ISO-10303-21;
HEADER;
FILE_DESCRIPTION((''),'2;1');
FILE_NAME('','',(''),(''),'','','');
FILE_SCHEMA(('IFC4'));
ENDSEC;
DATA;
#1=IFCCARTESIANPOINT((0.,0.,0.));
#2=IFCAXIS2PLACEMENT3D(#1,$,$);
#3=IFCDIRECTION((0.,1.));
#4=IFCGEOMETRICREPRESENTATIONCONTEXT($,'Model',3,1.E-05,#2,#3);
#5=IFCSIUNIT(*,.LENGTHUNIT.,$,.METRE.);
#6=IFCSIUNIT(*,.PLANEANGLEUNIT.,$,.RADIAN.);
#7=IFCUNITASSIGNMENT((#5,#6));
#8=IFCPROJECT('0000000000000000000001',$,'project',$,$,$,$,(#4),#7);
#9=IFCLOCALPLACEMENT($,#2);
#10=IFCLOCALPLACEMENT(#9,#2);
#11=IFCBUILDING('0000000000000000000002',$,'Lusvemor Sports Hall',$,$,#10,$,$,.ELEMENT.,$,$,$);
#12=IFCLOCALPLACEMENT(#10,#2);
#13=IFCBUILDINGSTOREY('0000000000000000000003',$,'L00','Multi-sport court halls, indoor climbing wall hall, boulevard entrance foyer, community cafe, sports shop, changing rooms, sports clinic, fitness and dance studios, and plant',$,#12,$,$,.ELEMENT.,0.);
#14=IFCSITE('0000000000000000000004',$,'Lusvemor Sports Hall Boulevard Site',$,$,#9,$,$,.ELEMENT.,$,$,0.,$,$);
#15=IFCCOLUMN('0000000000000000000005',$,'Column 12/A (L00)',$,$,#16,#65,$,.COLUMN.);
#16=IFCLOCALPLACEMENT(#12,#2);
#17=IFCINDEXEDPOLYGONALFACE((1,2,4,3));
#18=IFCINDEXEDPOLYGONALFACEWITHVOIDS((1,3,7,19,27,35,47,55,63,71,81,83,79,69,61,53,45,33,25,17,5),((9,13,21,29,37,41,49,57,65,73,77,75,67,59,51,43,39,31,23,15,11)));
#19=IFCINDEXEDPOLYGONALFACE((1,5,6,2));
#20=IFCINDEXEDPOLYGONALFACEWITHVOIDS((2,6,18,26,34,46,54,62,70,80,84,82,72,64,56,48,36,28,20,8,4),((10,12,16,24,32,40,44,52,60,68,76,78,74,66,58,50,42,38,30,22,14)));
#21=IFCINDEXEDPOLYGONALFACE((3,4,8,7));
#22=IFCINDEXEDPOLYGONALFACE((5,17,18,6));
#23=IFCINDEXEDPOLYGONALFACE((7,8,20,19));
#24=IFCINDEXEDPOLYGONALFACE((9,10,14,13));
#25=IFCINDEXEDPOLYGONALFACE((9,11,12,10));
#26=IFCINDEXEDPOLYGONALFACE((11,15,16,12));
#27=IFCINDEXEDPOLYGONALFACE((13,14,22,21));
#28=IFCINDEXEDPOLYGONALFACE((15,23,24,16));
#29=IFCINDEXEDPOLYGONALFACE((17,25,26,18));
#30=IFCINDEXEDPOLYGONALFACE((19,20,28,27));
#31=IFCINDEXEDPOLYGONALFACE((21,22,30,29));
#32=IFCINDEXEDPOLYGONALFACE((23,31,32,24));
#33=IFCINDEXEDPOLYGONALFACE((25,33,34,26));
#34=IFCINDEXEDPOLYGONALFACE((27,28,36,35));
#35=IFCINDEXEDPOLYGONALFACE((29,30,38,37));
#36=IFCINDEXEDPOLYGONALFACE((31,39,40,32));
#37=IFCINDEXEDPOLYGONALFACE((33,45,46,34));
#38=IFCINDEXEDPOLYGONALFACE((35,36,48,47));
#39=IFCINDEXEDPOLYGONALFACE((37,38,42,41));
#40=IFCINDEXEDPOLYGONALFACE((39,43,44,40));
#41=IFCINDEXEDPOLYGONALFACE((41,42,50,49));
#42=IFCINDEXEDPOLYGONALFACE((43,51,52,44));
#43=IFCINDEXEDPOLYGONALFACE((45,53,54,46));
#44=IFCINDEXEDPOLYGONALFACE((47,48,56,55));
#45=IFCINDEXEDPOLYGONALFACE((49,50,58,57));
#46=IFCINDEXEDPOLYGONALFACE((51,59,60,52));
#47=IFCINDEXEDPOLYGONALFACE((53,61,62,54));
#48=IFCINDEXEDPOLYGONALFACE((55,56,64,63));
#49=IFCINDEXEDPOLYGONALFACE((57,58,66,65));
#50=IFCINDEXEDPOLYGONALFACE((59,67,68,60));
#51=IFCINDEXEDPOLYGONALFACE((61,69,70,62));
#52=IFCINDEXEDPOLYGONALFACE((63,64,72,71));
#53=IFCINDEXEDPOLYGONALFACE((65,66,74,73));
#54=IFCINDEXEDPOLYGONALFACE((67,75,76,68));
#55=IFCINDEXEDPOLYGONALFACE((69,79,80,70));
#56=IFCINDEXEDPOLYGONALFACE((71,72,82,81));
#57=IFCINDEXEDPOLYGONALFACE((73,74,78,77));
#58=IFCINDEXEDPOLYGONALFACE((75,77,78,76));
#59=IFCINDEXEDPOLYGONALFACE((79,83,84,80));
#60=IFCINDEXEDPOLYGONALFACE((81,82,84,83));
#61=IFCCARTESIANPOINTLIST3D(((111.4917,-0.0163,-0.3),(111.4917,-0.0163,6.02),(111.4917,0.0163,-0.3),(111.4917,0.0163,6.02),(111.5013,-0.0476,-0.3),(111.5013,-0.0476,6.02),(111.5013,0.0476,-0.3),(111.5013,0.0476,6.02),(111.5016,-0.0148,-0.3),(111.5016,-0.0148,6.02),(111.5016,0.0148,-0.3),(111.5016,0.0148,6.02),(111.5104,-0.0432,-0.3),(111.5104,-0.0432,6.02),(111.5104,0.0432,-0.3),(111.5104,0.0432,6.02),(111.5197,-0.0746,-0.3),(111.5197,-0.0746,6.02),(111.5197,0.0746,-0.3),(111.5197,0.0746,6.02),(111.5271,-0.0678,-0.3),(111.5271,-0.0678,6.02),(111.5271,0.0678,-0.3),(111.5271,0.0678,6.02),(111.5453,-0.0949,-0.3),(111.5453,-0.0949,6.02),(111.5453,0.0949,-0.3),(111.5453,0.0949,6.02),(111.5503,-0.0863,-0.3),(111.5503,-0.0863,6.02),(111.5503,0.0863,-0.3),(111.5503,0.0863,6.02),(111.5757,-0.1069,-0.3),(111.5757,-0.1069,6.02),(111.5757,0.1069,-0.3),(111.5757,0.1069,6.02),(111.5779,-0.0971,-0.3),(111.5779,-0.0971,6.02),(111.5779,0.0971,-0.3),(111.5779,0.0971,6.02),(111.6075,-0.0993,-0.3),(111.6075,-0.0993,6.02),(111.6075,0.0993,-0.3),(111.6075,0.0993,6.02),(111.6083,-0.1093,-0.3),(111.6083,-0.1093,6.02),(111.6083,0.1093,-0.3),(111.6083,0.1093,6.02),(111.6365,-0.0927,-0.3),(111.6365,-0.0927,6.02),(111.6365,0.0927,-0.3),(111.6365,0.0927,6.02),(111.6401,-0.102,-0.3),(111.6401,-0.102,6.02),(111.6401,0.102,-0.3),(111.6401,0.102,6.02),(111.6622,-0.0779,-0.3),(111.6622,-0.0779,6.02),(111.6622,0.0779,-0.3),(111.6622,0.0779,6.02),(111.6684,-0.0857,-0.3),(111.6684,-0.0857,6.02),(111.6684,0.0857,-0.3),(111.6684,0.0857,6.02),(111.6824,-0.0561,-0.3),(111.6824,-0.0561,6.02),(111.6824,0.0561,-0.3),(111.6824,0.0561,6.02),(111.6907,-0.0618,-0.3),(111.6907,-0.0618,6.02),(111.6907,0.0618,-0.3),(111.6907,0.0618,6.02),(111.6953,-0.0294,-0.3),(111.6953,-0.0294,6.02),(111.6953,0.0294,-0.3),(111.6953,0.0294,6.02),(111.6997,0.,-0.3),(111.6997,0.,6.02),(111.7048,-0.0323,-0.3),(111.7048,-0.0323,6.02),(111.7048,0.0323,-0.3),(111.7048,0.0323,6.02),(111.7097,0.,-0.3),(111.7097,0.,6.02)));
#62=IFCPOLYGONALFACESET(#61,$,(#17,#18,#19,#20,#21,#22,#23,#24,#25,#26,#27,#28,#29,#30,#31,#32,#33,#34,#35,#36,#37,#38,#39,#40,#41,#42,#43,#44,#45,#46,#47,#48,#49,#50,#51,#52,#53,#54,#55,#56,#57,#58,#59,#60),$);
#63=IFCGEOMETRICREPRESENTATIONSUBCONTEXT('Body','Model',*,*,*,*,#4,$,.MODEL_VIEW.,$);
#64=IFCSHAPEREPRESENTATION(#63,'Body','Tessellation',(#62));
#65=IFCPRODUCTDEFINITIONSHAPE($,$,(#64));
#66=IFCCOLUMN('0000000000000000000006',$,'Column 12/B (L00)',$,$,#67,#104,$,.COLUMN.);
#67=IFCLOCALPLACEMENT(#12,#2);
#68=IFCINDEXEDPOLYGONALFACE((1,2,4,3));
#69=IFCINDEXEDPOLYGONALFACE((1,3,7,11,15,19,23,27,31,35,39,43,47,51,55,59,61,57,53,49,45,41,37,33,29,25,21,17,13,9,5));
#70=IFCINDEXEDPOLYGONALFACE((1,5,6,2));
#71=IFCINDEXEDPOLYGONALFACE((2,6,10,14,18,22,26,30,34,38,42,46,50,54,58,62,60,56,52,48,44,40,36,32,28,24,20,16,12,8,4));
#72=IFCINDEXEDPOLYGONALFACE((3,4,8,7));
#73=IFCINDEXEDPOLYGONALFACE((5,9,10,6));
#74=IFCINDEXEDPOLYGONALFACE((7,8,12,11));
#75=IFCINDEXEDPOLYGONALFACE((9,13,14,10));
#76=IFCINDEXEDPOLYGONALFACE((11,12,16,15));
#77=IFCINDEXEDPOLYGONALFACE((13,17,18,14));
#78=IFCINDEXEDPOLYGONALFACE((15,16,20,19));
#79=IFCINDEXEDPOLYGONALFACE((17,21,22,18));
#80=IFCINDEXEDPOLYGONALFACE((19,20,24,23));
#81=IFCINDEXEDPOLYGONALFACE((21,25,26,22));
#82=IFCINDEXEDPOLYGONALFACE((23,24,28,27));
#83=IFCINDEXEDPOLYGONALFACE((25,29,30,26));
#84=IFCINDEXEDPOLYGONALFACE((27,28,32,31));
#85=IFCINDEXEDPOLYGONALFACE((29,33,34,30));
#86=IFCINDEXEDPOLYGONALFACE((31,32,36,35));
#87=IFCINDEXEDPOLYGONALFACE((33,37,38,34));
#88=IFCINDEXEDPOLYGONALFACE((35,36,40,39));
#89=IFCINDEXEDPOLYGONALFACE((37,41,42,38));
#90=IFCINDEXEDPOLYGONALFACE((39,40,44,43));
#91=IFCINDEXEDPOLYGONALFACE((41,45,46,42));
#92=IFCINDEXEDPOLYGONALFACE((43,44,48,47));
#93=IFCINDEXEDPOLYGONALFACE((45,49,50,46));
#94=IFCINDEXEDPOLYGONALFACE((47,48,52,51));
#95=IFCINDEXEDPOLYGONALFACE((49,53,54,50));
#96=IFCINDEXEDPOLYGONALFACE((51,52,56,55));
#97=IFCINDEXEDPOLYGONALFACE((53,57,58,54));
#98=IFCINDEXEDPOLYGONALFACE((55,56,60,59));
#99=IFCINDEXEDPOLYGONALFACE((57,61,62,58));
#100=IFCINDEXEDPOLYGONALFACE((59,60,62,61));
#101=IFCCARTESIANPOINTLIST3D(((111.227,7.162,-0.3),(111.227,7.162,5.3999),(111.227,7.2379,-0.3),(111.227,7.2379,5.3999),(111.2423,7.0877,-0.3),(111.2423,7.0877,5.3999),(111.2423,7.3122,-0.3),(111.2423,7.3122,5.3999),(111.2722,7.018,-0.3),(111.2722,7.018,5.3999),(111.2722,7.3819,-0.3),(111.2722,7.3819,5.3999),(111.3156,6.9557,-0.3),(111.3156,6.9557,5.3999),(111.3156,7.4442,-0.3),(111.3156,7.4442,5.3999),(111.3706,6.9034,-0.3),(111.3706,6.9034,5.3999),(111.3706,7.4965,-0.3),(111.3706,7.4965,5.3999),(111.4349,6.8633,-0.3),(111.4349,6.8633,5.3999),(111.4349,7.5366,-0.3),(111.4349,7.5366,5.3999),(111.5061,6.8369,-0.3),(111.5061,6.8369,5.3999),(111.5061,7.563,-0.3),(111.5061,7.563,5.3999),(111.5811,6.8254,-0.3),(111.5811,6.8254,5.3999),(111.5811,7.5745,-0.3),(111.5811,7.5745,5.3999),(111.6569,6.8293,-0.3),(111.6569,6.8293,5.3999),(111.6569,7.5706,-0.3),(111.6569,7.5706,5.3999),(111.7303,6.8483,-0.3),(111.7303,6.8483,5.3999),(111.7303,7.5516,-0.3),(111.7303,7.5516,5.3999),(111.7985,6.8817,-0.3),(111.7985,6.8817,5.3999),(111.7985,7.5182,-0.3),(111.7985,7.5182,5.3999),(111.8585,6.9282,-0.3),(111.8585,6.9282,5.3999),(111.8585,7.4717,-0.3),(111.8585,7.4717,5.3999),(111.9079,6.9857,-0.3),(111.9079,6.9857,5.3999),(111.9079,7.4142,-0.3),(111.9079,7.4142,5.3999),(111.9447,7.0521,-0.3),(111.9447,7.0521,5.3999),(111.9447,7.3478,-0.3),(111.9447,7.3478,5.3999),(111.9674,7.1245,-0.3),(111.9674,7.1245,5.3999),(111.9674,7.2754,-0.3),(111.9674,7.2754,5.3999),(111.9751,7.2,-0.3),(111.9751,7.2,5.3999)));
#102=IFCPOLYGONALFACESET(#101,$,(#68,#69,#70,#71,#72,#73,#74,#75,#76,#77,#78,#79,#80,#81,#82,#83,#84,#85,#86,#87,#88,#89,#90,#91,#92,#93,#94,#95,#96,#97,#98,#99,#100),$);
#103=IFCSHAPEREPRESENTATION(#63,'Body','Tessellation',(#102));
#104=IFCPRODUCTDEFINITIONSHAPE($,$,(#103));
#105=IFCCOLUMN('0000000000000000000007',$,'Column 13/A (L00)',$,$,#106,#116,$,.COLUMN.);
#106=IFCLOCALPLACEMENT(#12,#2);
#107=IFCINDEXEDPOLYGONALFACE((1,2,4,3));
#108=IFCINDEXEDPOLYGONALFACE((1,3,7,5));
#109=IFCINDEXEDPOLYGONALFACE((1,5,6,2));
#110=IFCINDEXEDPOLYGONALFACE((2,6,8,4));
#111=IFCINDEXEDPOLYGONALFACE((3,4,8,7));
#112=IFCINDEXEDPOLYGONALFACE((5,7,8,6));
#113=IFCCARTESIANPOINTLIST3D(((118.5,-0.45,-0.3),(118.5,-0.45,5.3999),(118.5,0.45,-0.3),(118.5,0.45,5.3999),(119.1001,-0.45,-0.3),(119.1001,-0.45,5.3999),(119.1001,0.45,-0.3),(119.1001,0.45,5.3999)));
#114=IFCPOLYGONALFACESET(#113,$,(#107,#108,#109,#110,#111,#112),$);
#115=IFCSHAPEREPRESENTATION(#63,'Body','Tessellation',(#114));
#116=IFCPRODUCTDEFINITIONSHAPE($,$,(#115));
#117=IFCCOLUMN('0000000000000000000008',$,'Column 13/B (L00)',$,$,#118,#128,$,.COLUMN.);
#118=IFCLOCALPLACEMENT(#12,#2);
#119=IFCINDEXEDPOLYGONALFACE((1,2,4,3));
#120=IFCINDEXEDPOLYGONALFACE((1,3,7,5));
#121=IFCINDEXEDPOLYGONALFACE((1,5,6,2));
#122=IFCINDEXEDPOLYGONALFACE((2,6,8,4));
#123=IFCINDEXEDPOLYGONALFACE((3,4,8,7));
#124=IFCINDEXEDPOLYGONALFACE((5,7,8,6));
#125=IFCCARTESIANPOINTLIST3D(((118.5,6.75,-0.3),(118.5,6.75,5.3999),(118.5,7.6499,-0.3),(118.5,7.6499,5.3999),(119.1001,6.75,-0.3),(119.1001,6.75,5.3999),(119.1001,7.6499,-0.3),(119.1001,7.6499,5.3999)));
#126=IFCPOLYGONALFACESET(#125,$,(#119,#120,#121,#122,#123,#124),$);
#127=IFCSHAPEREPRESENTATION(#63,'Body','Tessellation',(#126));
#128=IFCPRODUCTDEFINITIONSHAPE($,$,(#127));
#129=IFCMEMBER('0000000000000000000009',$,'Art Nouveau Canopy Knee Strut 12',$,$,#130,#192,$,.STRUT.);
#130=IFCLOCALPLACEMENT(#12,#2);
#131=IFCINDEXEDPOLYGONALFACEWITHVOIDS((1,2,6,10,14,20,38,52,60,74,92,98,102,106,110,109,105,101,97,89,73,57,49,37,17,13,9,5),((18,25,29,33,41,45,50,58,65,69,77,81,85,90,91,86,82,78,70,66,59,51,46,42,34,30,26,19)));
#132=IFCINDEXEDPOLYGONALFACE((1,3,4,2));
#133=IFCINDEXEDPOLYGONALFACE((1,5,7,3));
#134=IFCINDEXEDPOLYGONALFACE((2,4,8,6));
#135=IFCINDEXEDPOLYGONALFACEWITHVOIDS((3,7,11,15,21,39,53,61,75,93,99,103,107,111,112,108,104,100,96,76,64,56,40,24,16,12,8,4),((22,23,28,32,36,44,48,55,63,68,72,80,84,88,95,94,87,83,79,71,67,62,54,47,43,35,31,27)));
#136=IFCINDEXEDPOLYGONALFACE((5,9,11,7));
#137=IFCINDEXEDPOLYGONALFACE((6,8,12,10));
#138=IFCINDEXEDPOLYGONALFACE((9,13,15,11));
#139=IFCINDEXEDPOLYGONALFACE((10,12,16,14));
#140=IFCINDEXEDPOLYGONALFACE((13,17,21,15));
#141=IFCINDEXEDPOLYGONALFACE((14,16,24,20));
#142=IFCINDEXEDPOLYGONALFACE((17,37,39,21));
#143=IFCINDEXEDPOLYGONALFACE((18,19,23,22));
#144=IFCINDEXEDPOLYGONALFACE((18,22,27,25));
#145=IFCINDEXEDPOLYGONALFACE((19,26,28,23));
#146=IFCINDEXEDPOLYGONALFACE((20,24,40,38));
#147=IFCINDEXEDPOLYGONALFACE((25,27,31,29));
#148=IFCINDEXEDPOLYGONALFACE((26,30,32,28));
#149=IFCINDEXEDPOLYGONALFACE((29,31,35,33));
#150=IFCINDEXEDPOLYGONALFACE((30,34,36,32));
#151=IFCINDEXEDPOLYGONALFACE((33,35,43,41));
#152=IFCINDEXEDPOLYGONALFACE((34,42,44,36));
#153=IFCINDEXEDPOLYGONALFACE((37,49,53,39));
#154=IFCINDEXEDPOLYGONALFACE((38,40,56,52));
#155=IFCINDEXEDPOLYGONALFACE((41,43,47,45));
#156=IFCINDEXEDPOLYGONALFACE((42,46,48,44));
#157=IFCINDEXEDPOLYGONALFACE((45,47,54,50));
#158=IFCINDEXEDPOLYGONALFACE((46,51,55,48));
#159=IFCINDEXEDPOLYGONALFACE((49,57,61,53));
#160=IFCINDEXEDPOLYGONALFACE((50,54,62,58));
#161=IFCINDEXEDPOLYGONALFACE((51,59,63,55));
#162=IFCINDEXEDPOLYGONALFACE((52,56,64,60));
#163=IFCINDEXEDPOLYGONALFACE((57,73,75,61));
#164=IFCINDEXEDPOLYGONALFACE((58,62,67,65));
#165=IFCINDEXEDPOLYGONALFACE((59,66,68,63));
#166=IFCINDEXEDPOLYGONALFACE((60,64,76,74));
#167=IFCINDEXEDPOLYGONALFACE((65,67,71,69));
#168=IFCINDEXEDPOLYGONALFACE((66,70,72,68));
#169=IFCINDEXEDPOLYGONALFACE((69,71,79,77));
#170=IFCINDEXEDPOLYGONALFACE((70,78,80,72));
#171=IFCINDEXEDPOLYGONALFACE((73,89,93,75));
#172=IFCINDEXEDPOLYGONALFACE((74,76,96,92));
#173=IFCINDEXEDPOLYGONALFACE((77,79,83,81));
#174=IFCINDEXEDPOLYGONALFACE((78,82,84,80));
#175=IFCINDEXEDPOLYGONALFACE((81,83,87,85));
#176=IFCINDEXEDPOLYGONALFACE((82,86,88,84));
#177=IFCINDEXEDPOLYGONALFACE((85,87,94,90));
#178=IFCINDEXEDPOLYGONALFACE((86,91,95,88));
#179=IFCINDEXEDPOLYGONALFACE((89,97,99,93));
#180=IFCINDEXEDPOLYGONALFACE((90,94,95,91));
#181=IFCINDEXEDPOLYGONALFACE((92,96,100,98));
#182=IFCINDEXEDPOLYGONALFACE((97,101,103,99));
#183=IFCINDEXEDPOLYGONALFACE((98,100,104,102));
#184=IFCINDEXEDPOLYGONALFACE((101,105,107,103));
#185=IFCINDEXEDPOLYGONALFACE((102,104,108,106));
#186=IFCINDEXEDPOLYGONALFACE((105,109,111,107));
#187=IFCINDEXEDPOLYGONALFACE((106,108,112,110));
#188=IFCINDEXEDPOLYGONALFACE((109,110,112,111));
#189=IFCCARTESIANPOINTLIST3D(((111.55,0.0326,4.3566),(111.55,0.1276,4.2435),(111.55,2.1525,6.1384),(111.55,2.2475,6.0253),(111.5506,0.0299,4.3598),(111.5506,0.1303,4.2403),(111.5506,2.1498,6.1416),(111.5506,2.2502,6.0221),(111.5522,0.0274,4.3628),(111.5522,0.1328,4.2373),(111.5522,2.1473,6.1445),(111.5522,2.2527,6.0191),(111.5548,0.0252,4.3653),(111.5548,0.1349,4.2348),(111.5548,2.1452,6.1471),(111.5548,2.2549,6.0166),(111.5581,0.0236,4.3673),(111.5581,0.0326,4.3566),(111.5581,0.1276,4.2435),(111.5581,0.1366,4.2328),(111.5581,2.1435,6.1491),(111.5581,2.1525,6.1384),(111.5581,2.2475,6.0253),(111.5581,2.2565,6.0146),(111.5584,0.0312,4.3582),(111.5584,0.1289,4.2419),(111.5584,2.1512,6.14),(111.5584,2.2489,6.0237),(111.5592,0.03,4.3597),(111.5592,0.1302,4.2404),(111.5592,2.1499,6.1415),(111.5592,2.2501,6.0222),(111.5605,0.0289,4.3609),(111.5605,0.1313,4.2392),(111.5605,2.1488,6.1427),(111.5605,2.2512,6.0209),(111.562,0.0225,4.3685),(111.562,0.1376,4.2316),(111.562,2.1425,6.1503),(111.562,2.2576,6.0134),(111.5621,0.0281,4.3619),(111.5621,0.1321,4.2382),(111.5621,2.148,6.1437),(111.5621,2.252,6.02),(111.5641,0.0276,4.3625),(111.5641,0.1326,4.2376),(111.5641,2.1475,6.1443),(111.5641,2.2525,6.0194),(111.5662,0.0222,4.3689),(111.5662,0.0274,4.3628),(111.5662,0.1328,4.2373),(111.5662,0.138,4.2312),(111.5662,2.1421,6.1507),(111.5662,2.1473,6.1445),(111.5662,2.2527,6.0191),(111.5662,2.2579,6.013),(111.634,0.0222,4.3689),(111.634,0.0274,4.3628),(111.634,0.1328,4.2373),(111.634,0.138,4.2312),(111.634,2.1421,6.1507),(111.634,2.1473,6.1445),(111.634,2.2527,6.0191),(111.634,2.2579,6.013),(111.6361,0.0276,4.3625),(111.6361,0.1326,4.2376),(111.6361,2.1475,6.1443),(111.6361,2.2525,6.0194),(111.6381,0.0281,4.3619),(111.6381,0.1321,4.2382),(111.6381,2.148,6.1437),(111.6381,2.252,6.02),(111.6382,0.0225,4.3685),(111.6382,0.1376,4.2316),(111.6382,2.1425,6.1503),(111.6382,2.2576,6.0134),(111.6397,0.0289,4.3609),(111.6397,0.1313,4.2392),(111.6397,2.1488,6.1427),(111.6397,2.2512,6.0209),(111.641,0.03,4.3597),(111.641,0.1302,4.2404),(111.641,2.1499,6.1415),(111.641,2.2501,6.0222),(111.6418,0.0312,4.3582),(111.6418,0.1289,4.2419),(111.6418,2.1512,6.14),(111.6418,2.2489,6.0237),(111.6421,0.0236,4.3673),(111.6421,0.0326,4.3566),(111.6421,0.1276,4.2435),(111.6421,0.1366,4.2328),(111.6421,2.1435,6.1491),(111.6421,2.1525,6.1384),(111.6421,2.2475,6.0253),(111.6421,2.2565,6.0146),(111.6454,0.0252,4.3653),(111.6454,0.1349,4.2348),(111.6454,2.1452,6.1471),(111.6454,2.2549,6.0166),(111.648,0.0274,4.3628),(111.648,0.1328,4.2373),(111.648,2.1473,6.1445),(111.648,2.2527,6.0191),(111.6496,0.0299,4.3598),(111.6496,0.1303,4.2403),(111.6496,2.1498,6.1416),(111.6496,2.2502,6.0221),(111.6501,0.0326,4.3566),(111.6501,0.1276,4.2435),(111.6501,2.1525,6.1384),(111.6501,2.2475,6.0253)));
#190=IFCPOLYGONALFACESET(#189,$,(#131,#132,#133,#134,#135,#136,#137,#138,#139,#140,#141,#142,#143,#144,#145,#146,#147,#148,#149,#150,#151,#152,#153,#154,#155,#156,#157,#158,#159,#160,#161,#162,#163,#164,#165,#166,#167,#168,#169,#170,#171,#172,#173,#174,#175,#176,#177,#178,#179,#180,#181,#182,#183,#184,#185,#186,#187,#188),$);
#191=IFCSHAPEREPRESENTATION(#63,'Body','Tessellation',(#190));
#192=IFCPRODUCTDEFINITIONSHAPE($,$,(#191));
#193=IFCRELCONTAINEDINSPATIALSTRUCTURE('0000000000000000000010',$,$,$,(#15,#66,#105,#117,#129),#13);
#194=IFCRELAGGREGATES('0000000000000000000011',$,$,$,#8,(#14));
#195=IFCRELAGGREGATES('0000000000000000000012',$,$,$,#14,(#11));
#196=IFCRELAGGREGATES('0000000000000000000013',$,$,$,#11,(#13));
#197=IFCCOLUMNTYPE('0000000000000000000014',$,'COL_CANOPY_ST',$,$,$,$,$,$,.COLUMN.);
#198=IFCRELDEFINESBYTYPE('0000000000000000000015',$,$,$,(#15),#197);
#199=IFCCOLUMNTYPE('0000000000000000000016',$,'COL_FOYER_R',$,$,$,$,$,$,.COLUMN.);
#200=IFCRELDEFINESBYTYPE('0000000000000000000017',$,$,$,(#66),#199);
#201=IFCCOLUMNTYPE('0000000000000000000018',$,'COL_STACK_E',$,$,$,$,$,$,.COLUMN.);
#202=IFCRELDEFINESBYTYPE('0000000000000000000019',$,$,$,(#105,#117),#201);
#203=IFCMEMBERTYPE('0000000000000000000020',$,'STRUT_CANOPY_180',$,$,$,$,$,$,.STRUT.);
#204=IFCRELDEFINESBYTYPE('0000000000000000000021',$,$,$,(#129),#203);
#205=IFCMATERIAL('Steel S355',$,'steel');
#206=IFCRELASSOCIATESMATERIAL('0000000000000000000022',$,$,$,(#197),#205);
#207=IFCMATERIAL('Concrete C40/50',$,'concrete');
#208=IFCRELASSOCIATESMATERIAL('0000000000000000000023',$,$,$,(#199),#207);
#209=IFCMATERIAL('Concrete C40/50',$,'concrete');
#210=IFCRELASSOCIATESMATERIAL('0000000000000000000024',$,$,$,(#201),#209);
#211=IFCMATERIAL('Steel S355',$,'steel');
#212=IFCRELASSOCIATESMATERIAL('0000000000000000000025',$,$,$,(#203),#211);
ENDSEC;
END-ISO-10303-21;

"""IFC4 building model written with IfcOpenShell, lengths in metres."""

from ifc_helpers import new_model, si_unit, direction, frame, origin, origin_2d, place, context, subcontext, project, spatial, rectangle, hollow_rectangle, circle, hollow_circle, extrude, material, material_profile, profile_set, type_object, element, save


model = new_model("IFC4")

# Units and contexts
model_context = context("Model", 3, precision=1e-05, world=origin(), true_north=direction((0.0, 1.0)))
body_context = subcontext(model_context, "Body", "Model", "MODEL_VIEW")
ifc_project = project(units=[si_unit("LENGTHUNIT", "METRE"), si_unit("PLANEANGLEUNIT", "RADIAN")], contexts=[model_context])

# Site, building, storey
site_placement = place(None, origin())
site = spatial("IfcSite", under=ifc_project, at=site_placement, Name="Lusvemor Sports Hall Boulevard Site", CompositionType="ELEMENT", RefElevation=0.0)
building_placement = place(site_placement, origin())
building = spatial("IfcBuilding", under=site, at=building_placement, Name="Lusvemor Sports Hall", CompositionType="ELEMENT")
storey_placement = place(building_placement, origin())
storey = spatial("IfcBuildingStorey", under=building, at=storey_placement, Name="L00", Description="Multi-sport court halls, indoor climbing wall hall, boulevard entrance foyer, community cafe, sports shop, changing rooms, sports clinic, fitness and dance studios, and plant", CompositionType="ELEMENT", Elevation=0.0)

# Columns
ifc_material_1 = material(Name="Steel S355", Category="steel")
ifc_material_profile_1 = material_profile(ifc_material_1, hollow_circle(Radius=0.1096, WallThickness=0.01, at=origin_2d()), Name="CHS219.1x10.0")
ifc_profile_set_1 = profile_set([ifc_material_profile_1], Name="Steel S355")
column_type_1 = type_object("IfcColumnType", Name="COL_CANOPY_ST", PredefinedType="COLUMN", material=ifc_profile_set_1)
column_1_placement = place(storey_placement, frame((111.6001, 0.0, -0.3), z_axis=(0.0, 0.0, 1.0), x_axis=(1.0, 0.0, 0.0)))
element("IfcColumn", 1, at=column_1_placement, inside=storey, type_object=column_type_1, Name="Column 12/A (L00)", PredefinedType="COLUMN", context=body_context, shape_type="SweptSolid", body=[
    extrude(hollow_circle(Radius=0.1096, WallThickness=0.01, at=origin_2d()), origin(), (0.0, 0.0, 1.0), 6.3201),
])
ifc_material_2 = material(Name="Concrete C40/50", Category="concrete")
ifc_material_profile_2 = material_profile(ifc_material_2, circle(Radius=0.375, at=origin_2d()), Name="RCCIRC750")
ifc_profile_set_2 = profile_set([ifc_material_profile_2], Name="Concrete C40/50")
column_type_2 = type_object("IfcColumnType", Name="COL_FOYER_R", PredefinedType="COLUMN", material=ifc_profile_set_2)
column_2_placement = place(storey_placement, frame((111.6001, 7.2, -0.3), z_axis=(0.0, 0.0, 1.0), x_axis=(1.0, 0.0, 0.0)))
element("IfcColumn", 2, at=column_2_placement, inside=storey, type_object=column_type_2, Name="Column 12/B (L00)", PredefinedType="COLUMN", context=body_context, shape_type="SweptSolid", body=[
    extrude(circle(Radius=0.375, at=origin_2d()), origin(), (0.0, 0.0, 1.0), 5.7),
])
ifc_material_3 = material(Name="Concrete C40/50", Category="concrete")
ifc_material_profile_3 = material_profile(ifc_material_3, rectangle(XDim=0.6001, YDim=0.8999, at=origin_2d()), Name="RC600x900")
ifc_profile_set_3 = profile_set([ifc_material_profile_3], Name="Concrete C40/50")
column_type_3 = type_object("IfcColumnType", Name="COL_STACK_E", PredefinedType="COLUMN", material=ifc_profile_set_3)
for number, where, z_axis, x_axis, name in (
    (3, (118.8, 0.0, -0.3), (0.0, 0.0, 1.0), (1.0, 0.0, 0.0), "Column 13/A (L00)"),
    (4, (118.8, 7.2, -0.3), (0.0, 0.0, 1.0), (1.0, 0.0, 0.0), "Column 13/B (L00)"),
):
    element("IfcColumn", number, at=place(storey_placement, frame(where, z_axis=z_axis, x_axis=x_axis)), inside=storey, type_object=column_type_3, Name=name, PredefinedType="COLUMN", context=body_context, shape_type="SweptSolid", body=[
        extrude(rectangle(XDim=0.6001, YDim=0.8999, at=origin_2d()), origin(), (0.0, 0.0, 1.0), 5.7),
    ])

# Member
ifc_material_4 = material(Name="Steel S355", Category="steel")
ifc_material_profile_4 = material_profile(ifc_material_4, hollow_rectangle(XDim=0.1001, YDim=0.1799, WallThickness=0.0081, InnerFilletRadius=0.0081, OuterFilletRadius=0.0161, at=origin_2d()), Name="RHS180x100x8")
ifc_profile_set_4 = profile_set([ifc_material_profile_4], Name="Steel S355")
member_type = type_object("IfcMemberType", Name="STRUT_CANOPY_180", PredefinedType="STRUT", material=ifc_profile_set_4)
for number, where, z_axis, x_axis, name in (
    (5, (111.6001, 0.0801, 4.3), (0.0, 0.765519, 0.643413), (-1.0, 0.0, 0.0), "Art Nouveau Canopy Knee Strut 12"),
):
    element("IfcMember", number, at=place(storey_placement, frame(where, z_axis=z_axis, x_axis=x_axis)), inside=storey, type_object=member_type, Name=name, PredefinedType="STRUT", context=body_context, shape_type="SweptSolid", body=[
        extrude(hollow_rectangle(XDim=0.1001, YDim=0.1799, WallThickness=0.0081, InnerFilletRadius=0.0081, OuterFilletRadius=0.0161, at=origin_2d()), origin(), (0.0, 0.0, 1.0), 2.7693),
    ])

save(model, "model.ifc")
